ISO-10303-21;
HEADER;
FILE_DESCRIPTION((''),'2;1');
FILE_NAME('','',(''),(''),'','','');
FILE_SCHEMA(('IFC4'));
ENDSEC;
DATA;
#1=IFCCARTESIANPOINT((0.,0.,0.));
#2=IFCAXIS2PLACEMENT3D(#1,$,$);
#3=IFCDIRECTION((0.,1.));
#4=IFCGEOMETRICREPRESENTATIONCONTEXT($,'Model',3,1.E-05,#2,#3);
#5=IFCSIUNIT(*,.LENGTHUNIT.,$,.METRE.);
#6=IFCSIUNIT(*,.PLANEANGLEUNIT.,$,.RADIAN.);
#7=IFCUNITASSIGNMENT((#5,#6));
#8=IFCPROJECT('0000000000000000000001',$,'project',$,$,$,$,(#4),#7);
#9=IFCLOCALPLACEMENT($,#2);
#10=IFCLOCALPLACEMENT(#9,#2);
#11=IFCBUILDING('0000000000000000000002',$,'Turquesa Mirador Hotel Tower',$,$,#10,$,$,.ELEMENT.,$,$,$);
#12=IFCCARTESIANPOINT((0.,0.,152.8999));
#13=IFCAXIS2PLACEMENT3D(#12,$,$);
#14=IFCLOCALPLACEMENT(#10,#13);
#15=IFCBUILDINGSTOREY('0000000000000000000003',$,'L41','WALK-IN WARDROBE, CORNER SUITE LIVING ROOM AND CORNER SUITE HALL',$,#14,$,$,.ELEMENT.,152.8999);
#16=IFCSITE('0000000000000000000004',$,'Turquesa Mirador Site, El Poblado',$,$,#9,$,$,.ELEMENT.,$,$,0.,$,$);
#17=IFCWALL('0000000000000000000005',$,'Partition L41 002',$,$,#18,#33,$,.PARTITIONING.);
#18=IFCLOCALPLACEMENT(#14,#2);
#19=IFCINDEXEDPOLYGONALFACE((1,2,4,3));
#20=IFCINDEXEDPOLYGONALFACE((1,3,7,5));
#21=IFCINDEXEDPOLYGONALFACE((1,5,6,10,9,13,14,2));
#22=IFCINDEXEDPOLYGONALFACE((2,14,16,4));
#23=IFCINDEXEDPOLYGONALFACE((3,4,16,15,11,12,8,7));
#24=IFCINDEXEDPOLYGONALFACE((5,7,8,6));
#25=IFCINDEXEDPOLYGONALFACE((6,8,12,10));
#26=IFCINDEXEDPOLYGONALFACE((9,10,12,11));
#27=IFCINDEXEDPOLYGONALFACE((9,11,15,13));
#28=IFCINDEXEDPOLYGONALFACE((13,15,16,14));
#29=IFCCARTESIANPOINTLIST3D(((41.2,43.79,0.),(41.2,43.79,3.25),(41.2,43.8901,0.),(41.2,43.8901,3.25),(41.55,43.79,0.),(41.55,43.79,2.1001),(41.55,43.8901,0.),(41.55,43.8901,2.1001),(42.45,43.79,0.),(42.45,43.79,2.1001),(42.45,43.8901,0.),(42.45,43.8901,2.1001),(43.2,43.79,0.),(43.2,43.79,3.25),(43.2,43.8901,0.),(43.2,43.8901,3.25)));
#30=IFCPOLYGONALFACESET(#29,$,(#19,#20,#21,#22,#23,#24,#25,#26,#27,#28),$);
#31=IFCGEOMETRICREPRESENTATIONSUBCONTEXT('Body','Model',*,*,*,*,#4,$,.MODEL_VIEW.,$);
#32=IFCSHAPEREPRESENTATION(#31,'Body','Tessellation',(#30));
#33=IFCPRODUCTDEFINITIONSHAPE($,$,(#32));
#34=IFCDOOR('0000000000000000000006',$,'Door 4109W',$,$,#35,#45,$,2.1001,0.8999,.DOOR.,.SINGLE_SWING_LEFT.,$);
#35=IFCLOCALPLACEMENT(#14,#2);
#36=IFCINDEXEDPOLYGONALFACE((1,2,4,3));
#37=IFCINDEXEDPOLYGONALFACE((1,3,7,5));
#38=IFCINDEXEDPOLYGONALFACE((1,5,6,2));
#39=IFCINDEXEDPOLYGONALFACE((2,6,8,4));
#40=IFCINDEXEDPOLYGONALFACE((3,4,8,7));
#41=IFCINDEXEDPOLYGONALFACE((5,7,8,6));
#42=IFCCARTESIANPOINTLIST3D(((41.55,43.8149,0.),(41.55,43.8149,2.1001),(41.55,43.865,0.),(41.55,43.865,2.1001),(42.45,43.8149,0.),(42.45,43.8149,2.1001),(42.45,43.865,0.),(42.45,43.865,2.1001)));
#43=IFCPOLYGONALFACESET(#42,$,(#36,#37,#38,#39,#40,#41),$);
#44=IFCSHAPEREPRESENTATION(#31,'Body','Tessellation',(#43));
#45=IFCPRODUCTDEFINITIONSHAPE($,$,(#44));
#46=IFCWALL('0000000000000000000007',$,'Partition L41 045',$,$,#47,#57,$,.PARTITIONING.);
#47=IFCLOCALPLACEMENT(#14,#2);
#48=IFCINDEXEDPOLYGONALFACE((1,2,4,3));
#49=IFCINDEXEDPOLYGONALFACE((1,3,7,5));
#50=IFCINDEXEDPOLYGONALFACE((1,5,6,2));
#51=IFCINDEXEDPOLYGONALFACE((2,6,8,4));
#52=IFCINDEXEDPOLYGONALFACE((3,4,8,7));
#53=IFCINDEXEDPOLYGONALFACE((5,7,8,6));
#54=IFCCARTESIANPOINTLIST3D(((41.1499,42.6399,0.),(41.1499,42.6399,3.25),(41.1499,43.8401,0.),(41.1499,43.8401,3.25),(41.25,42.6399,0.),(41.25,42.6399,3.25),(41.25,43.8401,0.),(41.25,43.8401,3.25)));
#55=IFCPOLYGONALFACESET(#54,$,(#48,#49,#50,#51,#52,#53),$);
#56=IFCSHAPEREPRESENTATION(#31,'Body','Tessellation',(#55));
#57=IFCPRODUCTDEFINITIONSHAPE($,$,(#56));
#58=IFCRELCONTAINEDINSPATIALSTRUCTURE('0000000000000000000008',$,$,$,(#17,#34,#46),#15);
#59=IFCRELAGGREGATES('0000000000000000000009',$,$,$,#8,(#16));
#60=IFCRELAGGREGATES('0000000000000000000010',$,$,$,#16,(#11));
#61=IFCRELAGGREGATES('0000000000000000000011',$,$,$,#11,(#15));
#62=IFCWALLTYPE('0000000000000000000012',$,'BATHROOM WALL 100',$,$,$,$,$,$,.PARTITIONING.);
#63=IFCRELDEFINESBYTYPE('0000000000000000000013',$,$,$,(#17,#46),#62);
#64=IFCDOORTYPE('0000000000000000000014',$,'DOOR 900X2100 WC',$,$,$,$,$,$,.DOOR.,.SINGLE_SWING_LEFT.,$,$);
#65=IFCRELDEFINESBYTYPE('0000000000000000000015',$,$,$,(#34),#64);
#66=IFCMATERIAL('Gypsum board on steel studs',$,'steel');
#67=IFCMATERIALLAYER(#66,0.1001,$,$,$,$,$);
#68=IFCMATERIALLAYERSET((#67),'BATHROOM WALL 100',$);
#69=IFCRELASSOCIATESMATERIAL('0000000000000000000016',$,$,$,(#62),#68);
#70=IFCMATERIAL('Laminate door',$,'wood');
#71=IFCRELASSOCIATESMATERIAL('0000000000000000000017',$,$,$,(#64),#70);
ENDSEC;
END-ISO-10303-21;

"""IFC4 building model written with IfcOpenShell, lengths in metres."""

from ifc_helpers import new_model, si_unit, direction, frame, frame_2d, origin, place, context, subcontext, project, spatial, rectangle, extrude, material, layer, layer_set, type_object, element, fill, save


model = new_model("IFC4")

# Units and contexts
model_context = context("Model", 3, precision=1e-05, world=origin(), true_north=direction((0.0, 1.0)))
body_context = subcontext(model_context, "Body", "Model", "MODEL_VIEW")
ifc_project = project(units=[si_unit("LENGTHUNIT", "METRE"), si_unit("PLANEANGLEUNIT", "RADIAN")], contexts=[model_context])

# Site, building, storey
site_placement = place(None, origin())
site = spatial("IfcSite", under=ifc_project, at=site_placement, Name="Turquesa Mirador Site, El Poblado", CompositionType="ELEMENT", RefElevation=0.0)
building_placement = place(site_placement, origin())
building = spatial("IfcBuilding", under=site, at=building_placement, Name="Turquesa Mirador Hotel Tower", CompositionType="ELEMENT")
storey_placement = place(building_placement, frame((0.0, 0.0, 152.8999)))
storey = spatial("IfcBuildingStorey", under=building, at=storey_placement, Name="L41", Description="WALK-IN WARDROBE, CORNER SUITE LIVING ROOM AND CORNER SUITE HALL", CompositionType="ELEMENT", Elevation=152.8999)

# Wall, opening, door
ifc_material_1 = material(Name="Gypsum board on steel studs", Category="steel")
ifc_layer_1 = layer(ifc_material_1, 0.1001)
ifc_layer_set_1 = layer_set([ifc_layer_1], Name="BATHROOM WALL 100")
wall_type_1 = type_object("IfcWallType", Name="BATHROOM WALL 100", PredefinedType="PARTITIONING", material=ifc_layer_set_1)
wall_1_placement = place(storey_placement, frame((41.2, 43.8401, 0.0), z_axis=(0.0, 0.0, 1.0), x_axis=(1.0, 0.0, 0.0)))
wall_1 = element("IfcWall", 1, at=wall_1_placement, inside=storey, type_object=wall_type_1, Name="Partition L41 002", PredefinedType="PARTITIONING", context=body_context, shape_type="SweptSolid", body=[
    extrude(rectangle(XDim=2.0, YDim=0.1001, at=frame_2d((1.0, 0.0))), origin(), (0.0, 0.0, 1.0), 3.25),
])
opening_1_placement = place(wall_1_placement, frame((0.3501, 0.0, 0.0)))
opening_1 = element("IfcOpeningElement", 2, at=opening_1_placement, cuts=wall_1, PredefinedType="OPENING", context=body_context, shape_type="SweptSolid", body=[
    extrude(rectangle(XDim=0.8999, YDim=2.1001, at=frame_2d((0.45, 1.05))), frame((0.0, 0.0601, 0.0), z_axis=(0.0, -1.0, 0.0), x_axis=(1.0, 0.0, 0.0)), (0.0, 0.0, 1.0), 0.1201),
])
ifc_material_2 = material(Name="Laminate door", Category="wood")
door_type_1 = type_object("IfcDoorType", Name="DOOR 900X2100 WC", OperationType="SINGLE_SWING_LEFT", PredefinedType="DOOR", material=ifc_material_2)
door_1_placement = place(opening_1_placement, origin())
door_1 = element("IfcDoor", 3, at=door_1_placement, inside=storey, type_object=door_type_1, Name="Door 4109W", OperationType="SINGLE_SWING_LEFT", OverallHeight=2.1001, OverallWidth=0.8999, PredefinedType="DOOR", context=body_context, shape_type="SweptSolid", body=[
    extrude(rectangle(XDim=0.8999, YDim=2.1001, at=frame_2d((0.45, 1.05))), frame((0.0, 0.0249, 0.0), z_axis=(0.0, -1.0, 0.0), x_axis=(1.0, 0.0, 0.0)), (0.0, 0.0, 1.0), 0.05),
])
fill(opening_1, door_1)

# Wall
wall_2_placement = place(storey_placement, frame((41.2, 42.6399, 0.0), z_axis=(0.0, 0.0, 1.0), x_axis=(0.0, 1.0, 0.0)))
element("IfcWall", 4, at=wall_2_placement, inside=storey, type_object=wall_type_1, Name="Partition L41 045", PredefinedType="PARTITIONING", context=body_context, shape_type="SweptSolid", body=[
    extrude(rectangle(XDim=1.2002, YDim=0.1001, at=frame_2d((0.6001, 0.0))), origin(), (0.0, 0.0, 1.0), 3.25),
])

save(model, "model.ifc")
